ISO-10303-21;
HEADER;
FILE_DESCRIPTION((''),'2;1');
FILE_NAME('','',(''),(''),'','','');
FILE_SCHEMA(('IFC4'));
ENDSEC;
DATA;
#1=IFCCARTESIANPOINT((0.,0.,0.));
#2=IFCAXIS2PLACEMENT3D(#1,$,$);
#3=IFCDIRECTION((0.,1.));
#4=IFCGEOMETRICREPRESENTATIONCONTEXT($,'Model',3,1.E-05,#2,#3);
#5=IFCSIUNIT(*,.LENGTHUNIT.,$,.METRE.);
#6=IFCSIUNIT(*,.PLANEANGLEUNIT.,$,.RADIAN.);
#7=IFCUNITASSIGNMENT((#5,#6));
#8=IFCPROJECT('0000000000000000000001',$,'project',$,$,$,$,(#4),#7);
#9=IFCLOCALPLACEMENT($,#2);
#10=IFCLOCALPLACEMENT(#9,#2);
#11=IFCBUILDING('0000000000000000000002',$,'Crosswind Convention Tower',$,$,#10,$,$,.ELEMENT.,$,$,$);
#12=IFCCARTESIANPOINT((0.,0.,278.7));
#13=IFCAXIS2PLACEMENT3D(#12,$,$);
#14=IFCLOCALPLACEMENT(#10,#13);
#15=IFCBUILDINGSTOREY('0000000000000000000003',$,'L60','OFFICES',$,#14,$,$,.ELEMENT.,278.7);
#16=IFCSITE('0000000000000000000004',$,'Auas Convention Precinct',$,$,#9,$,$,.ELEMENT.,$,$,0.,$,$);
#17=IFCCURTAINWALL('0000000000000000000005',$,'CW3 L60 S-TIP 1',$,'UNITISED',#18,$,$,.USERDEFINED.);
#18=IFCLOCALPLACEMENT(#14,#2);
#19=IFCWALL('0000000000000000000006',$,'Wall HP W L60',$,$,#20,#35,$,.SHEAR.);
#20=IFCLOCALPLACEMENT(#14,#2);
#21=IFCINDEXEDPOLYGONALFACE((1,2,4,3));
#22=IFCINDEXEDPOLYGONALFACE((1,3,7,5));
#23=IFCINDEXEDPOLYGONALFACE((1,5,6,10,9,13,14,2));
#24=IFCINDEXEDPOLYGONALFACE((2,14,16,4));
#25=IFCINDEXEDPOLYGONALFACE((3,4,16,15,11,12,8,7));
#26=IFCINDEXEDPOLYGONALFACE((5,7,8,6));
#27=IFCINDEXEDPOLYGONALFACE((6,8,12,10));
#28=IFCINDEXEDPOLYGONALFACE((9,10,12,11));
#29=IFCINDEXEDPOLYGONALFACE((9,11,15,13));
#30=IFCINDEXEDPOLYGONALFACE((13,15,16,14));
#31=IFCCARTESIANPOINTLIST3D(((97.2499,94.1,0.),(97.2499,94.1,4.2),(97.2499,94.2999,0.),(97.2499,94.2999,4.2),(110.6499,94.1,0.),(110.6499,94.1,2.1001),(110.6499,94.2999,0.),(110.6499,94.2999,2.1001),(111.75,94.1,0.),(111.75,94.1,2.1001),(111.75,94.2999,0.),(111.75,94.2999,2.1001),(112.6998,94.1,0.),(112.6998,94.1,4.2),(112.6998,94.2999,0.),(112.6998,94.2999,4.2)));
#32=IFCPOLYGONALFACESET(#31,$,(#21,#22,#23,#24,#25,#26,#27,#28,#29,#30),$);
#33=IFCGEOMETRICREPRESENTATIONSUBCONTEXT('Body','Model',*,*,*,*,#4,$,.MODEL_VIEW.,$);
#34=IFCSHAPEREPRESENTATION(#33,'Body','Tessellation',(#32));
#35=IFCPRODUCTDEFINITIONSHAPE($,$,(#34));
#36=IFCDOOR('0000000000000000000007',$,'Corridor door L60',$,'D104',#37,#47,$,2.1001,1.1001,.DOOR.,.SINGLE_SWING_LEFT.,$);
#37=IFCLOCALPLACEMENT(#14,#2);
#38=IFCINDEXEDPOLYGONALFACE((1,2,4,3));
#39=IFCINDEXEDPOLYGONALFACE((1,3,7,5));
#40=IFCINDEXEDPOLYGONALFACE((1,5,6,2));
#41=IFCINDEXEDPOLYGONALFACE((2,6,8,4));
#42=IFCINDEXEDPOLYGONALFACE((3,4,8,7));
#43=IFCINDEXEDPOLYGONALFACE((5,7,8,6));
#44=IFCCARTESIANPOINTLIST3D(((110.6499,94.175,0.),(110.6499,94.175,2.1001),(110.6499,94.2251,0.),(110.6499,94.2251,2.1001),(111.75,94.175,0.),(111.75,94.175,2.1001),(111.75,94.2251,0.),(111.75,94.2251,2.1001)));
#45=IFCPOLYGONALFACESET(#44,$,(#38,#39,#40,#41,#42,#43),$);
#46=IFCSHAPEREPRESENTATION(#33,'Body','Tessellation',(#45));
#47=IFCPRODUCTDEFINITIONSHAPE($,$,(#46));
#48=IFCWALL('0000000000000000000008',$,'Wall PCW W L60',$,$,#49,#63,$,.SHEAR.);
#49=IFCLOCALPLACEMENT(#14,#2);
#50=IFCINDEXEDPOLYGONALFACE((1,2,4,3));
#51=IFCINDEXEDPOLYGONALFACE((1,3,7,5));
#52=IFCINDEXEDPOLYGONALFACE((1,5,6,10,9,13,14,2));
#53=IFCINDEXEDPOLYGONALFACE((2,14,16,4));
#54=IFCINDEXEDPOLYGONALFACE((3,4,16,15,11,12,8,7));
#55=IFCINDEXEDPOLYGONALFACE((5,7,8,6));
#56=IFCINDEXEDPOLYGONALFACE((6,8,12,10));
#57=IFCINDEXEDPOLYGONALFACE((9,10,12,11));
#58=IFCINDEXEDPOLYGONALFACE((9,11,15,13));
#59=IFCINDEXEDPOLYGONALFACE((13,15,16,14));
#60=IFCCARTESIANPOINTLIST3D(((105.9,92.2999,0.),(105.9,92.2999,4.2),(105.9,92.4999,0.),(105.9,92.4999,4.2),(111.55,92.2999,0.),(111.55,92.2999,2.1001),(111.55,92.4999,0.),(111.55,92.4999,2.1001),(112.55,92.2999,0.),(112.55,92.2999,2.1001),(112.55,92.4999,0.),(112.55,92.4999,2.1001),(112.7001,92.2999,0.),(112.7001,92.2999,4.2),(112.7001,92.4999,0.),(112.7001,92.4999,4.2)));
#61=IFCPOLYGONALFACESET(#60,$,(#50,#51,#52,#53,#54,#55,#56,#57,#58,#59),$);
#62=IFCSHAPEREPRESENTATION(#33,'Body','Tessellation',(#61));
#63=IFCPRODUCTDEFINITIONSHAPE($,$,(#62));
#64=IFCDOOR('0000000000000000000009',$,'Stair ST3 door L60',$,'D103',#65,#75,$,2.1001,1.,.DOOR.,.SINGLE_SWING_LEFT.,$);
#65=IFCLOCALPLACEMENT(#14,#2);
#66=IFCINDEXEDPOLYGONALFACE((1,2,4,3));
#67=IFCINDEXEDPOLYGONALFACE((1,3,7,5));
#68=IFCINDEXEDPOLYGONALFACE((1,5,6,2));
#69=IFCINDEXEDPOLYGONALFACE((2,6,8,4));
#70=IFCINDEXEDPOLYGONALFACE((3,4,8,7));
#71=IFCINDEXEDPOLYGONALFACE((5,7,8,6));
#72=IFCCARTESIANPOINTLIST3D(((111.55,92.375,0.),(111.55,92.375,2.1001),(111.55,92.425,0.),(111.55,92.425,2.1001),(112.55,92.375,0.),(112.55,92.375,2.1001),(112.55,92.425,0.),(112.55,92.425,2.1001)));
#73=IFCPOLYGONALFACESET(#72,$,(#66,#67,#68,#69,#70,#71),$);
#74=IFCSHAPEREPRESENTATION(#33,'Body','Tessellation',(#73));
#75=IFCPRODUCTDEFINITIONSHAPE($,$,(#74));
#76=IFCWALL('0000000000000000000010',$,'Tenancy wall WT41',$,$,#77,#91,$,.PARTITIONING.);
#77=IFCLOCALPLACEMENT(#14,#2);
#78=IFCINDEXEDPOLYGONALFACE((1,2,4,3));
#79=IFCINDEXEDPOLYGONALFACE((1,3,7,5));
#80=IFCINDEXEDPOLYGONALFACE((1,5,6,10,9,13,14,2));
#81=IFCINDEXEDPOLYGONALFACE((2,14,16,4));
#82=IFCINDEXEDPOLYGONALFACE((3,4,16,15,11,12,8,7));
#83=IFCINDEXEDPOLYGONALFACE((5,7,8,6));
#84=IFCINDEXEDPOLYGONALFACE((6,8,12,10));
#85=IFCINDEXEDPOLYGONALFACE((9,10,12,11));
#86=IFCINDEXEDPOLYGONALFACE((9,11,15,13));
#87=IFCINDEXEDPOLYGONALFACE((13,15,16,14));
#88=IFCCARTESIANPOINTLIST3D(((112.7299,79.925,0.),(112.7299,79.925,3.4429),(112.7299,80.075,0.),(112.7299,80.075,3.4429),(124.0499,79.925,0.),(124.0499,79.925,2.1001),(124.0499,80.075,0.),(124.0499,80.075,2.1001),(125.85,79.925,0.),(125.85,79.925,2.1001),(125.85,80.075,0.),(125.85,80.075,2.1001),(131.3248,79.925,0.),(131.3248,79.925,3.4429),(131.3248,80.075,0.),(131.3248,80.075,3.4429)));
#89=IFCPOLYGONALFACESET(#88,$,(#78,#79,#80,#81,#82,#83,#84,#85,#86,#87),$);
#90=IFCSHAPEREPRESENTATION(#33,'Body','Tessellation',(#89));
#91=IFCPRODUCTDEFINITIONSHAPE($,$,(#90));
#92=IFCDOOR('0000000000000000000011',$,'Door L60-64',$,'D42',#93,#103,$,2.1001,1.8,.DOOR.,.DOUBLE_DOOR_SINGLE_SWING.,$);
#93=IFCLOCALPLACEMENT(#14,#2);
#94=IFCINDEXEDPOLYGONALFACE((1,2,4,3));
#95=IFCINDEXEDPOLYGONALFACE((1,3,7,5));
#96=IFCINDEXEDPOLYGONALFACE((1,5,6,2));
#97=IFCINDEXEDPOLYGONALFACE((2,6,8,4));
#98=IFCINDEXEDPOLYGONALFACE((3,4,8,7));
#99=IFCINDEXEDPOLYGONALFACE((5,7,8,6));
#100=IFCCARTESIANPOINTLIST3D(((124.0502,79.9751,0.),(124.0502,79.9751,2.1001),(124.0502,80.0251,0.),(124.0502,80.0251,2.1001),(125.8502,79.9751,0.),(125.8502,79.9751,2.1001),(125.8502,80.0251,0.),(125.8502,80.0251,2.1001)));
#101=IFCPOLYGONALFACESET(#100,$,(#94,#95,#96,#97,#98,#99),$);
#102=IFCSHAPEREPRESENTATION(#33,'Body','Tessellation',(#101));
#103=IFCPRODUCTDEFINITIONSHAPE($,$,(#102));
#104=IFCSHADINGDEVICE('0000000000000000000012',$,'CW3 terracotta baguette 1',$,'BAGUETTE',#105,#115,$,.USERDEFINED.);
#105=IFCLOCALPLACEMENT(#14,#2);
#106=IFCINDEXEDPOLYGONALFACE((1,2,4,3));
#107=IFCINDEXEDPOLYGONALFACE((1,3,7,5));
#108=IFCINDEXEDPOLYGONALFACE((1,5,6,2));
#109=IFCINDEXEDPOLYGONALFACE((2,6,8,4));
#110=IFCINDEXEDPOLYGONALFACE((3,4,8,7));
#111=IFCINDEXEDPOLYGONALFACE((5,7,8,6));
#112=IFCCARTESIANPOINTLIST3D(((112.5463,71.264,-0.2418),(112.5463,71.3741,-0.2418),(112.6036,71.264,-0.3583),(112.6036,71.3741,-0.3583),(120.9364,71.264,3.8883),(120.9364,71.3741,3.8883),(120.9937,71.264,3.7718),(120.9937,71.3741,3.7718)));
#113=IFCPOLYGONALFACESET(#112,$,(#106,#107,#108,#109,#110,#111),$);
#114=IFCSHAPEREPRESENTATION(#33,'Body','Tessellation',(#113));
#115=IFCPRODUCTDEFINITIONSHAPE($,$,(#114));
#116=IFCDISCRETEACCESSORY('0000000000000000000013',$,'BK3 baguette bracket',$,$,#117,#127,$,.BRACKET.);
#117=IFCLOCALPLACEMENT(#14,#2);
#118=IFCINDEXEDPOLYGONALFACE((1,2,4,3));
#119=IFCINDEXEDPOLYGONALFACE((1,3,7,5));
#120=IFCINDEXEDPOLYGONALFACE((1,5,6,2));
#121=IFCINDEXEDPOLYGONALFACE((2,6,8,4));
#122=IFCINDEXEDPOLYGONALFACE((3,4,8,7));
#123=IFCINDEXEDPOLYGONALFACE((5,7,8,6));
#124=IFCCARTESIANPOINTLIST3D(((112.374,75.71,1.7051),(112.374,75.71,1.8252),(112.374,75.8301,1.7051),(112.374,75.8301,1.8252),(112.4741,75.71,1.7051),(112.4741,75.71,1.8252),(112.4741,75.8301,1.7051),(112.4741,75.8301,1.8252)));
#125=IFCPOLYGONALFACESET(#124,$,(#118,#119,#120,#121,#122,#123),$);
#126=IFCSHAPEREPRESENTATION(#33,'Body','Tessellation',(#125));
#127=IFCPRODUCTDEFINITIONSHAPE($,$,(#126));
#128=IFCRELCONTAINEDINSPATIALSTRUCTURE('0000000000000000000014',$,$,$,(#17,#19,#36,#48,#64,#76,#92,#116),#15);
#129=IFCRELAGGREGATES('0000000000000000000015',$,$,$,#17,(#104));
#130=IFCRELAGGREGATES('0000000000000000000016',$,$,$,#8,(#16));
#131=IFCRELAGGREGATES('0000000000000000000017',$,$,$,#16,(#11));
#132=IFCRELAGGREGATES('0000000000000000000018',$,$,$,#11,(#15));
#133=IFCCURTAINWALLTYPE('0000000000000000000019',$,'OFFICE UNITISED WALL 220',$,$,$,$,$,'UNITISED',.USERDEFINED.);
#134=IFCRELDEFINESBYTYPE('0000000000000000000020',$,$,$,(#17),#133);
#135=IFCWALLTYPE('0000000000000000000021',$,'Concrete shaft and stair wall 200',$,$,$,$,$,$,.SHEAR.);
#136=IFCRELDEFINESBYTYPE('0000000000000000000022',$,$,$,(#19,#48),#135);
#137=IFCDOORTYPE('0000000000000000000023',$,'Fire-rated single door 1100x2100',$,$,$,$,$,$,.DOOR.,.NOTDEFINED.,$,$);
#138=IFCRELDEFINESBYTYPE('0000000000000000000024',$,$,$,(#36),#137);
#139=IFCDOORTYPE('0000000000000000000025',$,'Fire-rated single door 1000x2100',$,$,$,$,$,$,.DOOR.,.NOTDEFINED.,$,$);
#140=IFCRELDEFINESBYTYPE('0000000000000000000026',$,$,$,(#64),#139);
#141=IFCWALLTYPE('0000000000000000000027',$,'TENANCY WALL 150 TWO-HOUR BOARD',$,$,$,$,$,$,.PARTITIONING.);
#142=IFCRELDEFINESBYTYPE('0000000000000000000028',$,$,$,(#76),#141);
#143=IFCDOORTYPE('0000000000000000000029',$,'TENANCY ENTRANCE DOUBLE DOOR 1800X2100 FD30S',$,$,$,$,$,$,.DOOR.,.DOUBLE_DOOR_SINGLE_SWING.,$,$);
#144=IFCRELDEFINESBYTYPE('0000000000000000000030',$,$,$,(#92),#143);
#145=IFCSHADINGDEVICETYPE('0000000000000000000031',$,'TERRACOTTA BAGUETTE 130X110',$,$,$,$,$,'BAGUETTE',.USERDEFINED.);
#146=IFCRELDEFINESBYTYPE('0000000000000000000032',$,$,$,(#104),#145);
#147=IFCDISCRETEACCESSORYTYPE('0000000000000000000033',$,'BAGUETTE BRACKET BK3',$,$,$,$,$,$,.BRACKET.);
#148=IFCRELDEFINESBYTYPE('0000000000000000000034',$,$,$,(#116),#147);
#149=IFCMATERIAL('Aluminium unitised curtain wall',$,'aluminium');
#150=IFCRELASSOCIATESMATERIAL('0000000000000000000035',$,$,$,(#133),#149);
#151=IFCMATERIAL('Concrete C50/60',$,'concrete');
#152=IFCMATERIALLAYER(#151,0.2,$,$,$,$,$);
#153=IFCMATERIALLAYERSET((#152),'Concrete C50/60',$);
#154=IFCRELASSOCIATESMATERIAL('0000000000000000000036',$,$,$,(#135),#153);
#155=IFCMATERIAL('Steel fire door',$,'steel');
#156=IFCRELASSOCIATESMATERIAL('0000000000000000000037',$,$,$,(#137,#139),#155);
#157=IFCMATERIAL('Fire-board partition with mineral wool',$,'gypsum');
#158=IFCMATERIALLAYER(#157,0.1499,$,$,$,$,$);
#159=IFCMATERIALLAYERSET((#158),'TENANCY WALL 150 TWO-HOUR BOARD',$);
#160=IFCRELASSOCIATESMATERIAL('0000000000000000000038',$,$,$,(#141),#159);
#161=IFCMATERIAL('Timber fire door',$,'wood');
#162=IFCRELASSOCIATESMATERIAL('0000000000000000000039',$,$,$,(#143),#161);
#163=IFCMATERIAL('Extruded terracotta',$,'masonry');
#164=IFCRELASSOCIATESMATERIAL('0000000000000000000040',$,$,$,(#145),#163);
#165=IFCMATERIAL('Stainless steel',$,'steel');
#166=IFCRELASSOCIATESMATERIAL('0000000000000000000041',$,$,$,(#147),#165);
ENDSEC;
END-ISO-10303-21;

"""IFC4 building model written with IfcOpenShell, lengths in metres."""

from ifc_helpers import new_model, si_unit, direction, frame, frame_2d, origin, origin_2d, place, context, subcontext, project, spatial, rectangle, extrude, material, layer, layer_set, material_profile, profile_set, type_object, element, fill, aggregate, save


model = new_model("IFC4")

# Units and contexts
model_context = context("Model", 3, precision=1e-05, world=origin(), true_north=direction((0.0, 1.0)))
body_context = subcontext(model_context, "Body", "Model", "MODEL_VIEW")
ifc_project = project(units=[si_unit("LENGTHUNIT", "METRE"), si_unit("PLANEANGLEUNIT", "RADIAN")], contexts=[model_context])

# Site, building, storey
site_placement = place(None, origin())
site = spatial("IfcSite", under=ifc_project, at=site_placement, Name="Auas Convention Precinct", CompositionType="ELEMENT", RefElevation=0.0)
building_placement = place(site_placement, origin())
building = spatial("IfcBuilding", under=site, at=building_placement, Name="Crosswind Convention Tower", CompositionType="ELEMENT")
storey_placement = place(building_placement, frame((0.0, 0.0, 278.7)))
storey = spatial("IfcBuildingStorey", under=building, at=storey_placement, Name="L60", Description="OFFICES", CompositionType="ELEMENT", Elevation=278.7)

# Shared definitions
ifc_material_1 = material(Name="Aluminium unitised curtain wall", Category="aluminium")
curtain_wall_type_1 = type_object("IfcCurtainWallType", Name="OFFICE UNITISED WALL 220", ElementType="UNITISED", PredefinedType="USERDEFINED", material=ifc_material_1)

# Curtain wall
curtain_wall_1_placement = place(storey_placement, origin())
curtain_wall_1 = element("IfcCurtainWall", 1, at=curtain_wall_1_placement, inside=storey, type_object=curtain_wall_type_1, Name="CW3 L60 S-TIP 1", ObjectType="UNITISED", PredefinedType="USERDEFINED")

# Shared definitions
ifc_material_2 = material(Name="Concrete C50/60", Category="concrete")

# Walls, openings, doors
ifc_layer_1 = layer(ifc_material_2, 0.2)
ifc_layer_set_1 = layer_set([ifc_layer_1], Name="Concrete C50/60")
wall_type_1 = type_object("IfcWallType", Name="Concrete shaft and stair wall 200", PredefinedType="SHEAR", material=ifc_layer_set_1)
wall_1_placement = place(storey_placement, frame((112.7, 94.2, 0.0), z_axis=(0.0, 0.0, 1.0), x_axis=(-1.0, 0.0, 0.0)))
wall_1 = element("IfcWall", 2, at=wall_1_placement, inside=storey, type_object=wall_type_1, Name="Wall HP W L60", PredefinedType="SHEAR", context=body_context, shape_type="SweptSolid", body=[
    extrude(rectangle(XDim=15.45, YDim=0.2, at=frame_2d((7.7251, 0.0))), origin(), (0.0, 0.0, 1.0), 4.2),
])
opening_1_placement = place(wall_1_placement, frame((0.95, 0.0, 0.0)))
opening_1 = element("IfcOpeningElement", 3, at=opening_1_placement, cuts=wall_1, PredefinedType="OPENING", context=body_context, shape_type="SweptSolid", body=[
    extrude(rectangle(XDim=1.1001, YDim=2.1001, at=frame_2d((0.55, 1.05))), frame((0.0, 0.1099, 0.0), z_axis=(0.0, -1.0, 0.0), x_axis=(1.0, 0.0, 0.0)), (0.0, 0.0, 1.0), 0.22),
])
ifc_material_3 = material(Name="Steel fire door", Category="steel")
door_type_1 = type_object("IfcDoorType", Name="Fire-rated single door 1100x2100", OperationType="NOTDEFINED", PredefinedType="DOOR", material=ifc_material_3)
door_1_placement = place(opening_1_placement, origin())
door_1 = element("IfcDoor", 4, at=door_1_placement, inside=storey, type_object=door_type_1, Name="Corridor door L60", ObjectType="D104", OperationType="SINGLE_SWING_LEFT", OverallHeight=2.1001, OverallWidth=1.1001, PredefinedType="DOOR", context=body_context, shape_type="SweptSolid", body=[
    extrude(rectangle(XDim=1.1001, YDim=2.1001, at=frame_2d((0.55, 1.05))), frame((0.0, 0.0249, 0.0), z_axis=(0.0, -1.0, 0.0), x_axis=(1.0, 0.0, 0.0)), (0.0, 0.0, 1.0), 0.05),
])
fill(opening_1, door_1)
wall_2_placement = place(storey_placement, frame((112.7, 92.3999, 0.0), z_axis=(0.0, 0.0, 1.0), x_axis=(-1.0, 0.0, 0.0)))
wall_2 = element("IfcWall", 5, at=wall_2_placement, inside=storey, type_object=wall_type_1, Name="Wall PCW W L60", PredefinedType="SHEAR", context=body_context, shape_type="SweptSolid", body=[
    extrude(rectangle(XDim=6.8, YDim=0.2, at=frame_2d((3.3999, 0.0))), origin(), (0.0, 0.0, 1.0), 4.2),
])
opening_2_placement = place(wall_2_placement, frame((0.1499, 0.0, 0.0)))
opening_2 = element("IfcOpeningElement", 6, at=opening_2_placement, cuts=wall_2, PredefinedType="OPENING", context=body_context, shape_type="SweptSolid", body=[
    extrude(rectangle(XDim=1.0, YDim=2.1001, at=frame_2d((0.5, 1.05))), frame((0.0, 0.1099, 0.0), z_axis=(0.0, -1.0, 0.0), x_axis=(1.0, 0.0, 0.0)), (0.0, 0.0, 1.0), 0.22),
])
door_type_2 = type_object("IfcDoorType", Name="Fire-rated single door 1000x2100", OperationType="NOTDEFINED", PredefinedType="DOOR", material=ifc_material_3)
door_2_placement = place(opening_2_placement, origin())
door_2 = element("IfcDoor", 7, at=door_2_placement, inside=storey, type_object=door_type_2, Name="Stair ST3 door L60", ObjectType="D103", OperationType="SINGLE_SWING_LEFT", OverallHeight=2.1001, OverallWidth=1.0, PredefinedType="DOOR", context=body_context, shape_type="SweptSolid", body=[
    extrude(rectangle(XDim=1.0, YDim=2.1001, at=frame_2d((0.5, 1.05))), frame((0.0, 0.0249, 0.0), z_axis=(0.0, -1.0, 0.0), x_axis=(1.0, 0.0, 0.0)), (0.0, 0.0, 1.0), 0.05),
])
fill(opening_2, door_2)
ifc_material_4 = material(Name="Fire-board partition with mineral wool", Category="gypsum")
ifc_layer_2 = layer(ifc_material_4, 0.1499)
ifc_layer_set_2 = layer_set([ifc_layer_2], Name="TENANCY WALL 150 TWO-HOUR BOARD")
wall_type_2 = type_object("IfcWallType", Name="TENANCY WALL 150 TWO-HOUR BOARD", PredefinedType="PARTITIONING", material=ifc_layer_set_2)
wall_3_placement = place(storey_placement, frame((112.73, 80.0, 0.0), z_axis=(0.0, 0.0, 1.0), x_axis=(1.0, 0.0, 0.0)))
wall_3 = element("IfcWall", 8, at=wall_3_placement, inside=storey, type_object=wall_type_2, Name="Tenancy wall WT41", PredefinedType="PARTITIONING", context=body_context, shape_type="SweptSolid", body=[
    extrude(rectangle(XDim=18.595, YDim=0.1499, at=frame_2d((9.2974, 0.0))), origin(), (0.0, 0.0, 1.0), 3.4429),
])
opening_3_placement = place(wall_3_placement, frame((11.3201, 0.0, 0.0)))
opening_3 = element("IfcOpeningElement", 9, at=opening_3_placement, cuts=wall_3, PredefinedType="OPENING", context=body_context, shape_type="SweptSolid", body=[
    extrude(rectangle(XDim=1.8, YDim=2.1001, at=frame_2d((0.8999, 1.05))), frame((0.0, 0.085, 0.0), z_axis=(0.0, -1.0, 0.0), x_axis=(1.0, 0.0, 0.0)), (0.0, 0.0, 1.0), 0.1699),
])
ifc_material_5 = material(Name="Timber fire door", Category="wood")
door_type_3 = type_object("IfcDoorType", Name="TENANCY ENTRANCE DOUBLE DOOR 1800X2100 FD30S", OperationType="DOUBLE_DOOR_SINGLE_SWING", PredefinedType="DOOR", material=ifc_material_5)
door_3_placement = place(opening_3_placement, frame((1.8, 0.0, 0.0), z_axis=(0.0, 0.0, 1.0), x_axis=(-1.0, 0.0, 0.0)))
door_3 = element("IfcDoor", 10, at=door_3_placement, inside=storey, type_object=door_type_3, Name="Door L60-64", ObjectType="D42", OperationType="DOUBLE_DOOR_SINGLE_SWING", OverallHeight=2.1001, OverallWidth=1.8, PredefinedType="DOOR", context=body_context, shape_type="SweptSolid", body=[
    extrude(rectangle(XDim=1.8, YDim=2.1001, at=frame_2d((0.8999, 1.05))), frame((0.0, 0.0249, 0.0), z_axis=(0.0, -1.0, 0.0), x_axis=(1.0, 0.0, 0.0)), (0.0, 0.0, 1.0), 0.05),
])
fill(opening_3, door_3)

# Shading device
ifc_material_6 = material(Name="Extruded terracotta", Category="masonry")
ifc_material_profile_1 = material_profile(ifc_material_6, rectangle(XDim=0.1101, YDim=0.1299, at=origin_2d()), Name="TC 110X130")
ifc_profile_set_1 = profile_set([ifc_material_profile_1], Name="Extruded terracotta")
shading_device_type = type_object("IfcShadingDeviceType", Name="TERRACOTTA BAGUETTE 130X110", ElementType="BAGUETTE", PredefinedType="USERDEFINED", material=ifc_profile_set_1)
shading_device_placement = place(storey_placement, frame((112.575, 71.3191, -0.3), z_axis=(0.897188, 0.0, 0.441649), x_axis=(0.0, 1.0, 0.0)))
shading_device = element("IfcShadingDevice", 11, at=shading_device_placement, type_object=shading_device_type, Name="CW3 terracotta baguette 1", ObjectType="BAGUETTE", PredefinedType="USERDEFINED", context=body_context, shape_type="SweptSolid", body=[
    extrude(rectangle(XDim=0.1101, YDim=0.1299, at=origin_2d()), origin(), (0.0, 0.0, 1.0), 9.3516),
])
aggregate(curtain_wall_1, [shading_device])

# Discrete accessory
ifc_material_7 = material(Name="Stainless steel", Category="steel")
discrete_accessory_type = type_object("IfcDiscreteAccessoryType", Name="BAGUETTE BRACKET BK3", PredefinedType="BRACKET", material=ifc_material_7)
discrete_accessory_placement = place(storey_placement, frame((112.4241, 75.77, 1.7051), z_axis=(0.0, 0.0, 1.0), x_axis=(0.0, -1.0, 0.0)))
element("IfcDiscreteAccessory", 12, at=discrete_accessory_placement, inside=storey, type_object=discrete_accessory_type, Name="BK3 baguette bracket", PredefinedType="BRACKET", context=body_context, shape_type="SweptSolid", body=[
    extrude(rectangle(XDim=0.1201, YDim=0.1001, at=origin_2d()), origin(), (0.0, 0.0, 1.0), 0.1201),
])

save(model, "model.ifc")
